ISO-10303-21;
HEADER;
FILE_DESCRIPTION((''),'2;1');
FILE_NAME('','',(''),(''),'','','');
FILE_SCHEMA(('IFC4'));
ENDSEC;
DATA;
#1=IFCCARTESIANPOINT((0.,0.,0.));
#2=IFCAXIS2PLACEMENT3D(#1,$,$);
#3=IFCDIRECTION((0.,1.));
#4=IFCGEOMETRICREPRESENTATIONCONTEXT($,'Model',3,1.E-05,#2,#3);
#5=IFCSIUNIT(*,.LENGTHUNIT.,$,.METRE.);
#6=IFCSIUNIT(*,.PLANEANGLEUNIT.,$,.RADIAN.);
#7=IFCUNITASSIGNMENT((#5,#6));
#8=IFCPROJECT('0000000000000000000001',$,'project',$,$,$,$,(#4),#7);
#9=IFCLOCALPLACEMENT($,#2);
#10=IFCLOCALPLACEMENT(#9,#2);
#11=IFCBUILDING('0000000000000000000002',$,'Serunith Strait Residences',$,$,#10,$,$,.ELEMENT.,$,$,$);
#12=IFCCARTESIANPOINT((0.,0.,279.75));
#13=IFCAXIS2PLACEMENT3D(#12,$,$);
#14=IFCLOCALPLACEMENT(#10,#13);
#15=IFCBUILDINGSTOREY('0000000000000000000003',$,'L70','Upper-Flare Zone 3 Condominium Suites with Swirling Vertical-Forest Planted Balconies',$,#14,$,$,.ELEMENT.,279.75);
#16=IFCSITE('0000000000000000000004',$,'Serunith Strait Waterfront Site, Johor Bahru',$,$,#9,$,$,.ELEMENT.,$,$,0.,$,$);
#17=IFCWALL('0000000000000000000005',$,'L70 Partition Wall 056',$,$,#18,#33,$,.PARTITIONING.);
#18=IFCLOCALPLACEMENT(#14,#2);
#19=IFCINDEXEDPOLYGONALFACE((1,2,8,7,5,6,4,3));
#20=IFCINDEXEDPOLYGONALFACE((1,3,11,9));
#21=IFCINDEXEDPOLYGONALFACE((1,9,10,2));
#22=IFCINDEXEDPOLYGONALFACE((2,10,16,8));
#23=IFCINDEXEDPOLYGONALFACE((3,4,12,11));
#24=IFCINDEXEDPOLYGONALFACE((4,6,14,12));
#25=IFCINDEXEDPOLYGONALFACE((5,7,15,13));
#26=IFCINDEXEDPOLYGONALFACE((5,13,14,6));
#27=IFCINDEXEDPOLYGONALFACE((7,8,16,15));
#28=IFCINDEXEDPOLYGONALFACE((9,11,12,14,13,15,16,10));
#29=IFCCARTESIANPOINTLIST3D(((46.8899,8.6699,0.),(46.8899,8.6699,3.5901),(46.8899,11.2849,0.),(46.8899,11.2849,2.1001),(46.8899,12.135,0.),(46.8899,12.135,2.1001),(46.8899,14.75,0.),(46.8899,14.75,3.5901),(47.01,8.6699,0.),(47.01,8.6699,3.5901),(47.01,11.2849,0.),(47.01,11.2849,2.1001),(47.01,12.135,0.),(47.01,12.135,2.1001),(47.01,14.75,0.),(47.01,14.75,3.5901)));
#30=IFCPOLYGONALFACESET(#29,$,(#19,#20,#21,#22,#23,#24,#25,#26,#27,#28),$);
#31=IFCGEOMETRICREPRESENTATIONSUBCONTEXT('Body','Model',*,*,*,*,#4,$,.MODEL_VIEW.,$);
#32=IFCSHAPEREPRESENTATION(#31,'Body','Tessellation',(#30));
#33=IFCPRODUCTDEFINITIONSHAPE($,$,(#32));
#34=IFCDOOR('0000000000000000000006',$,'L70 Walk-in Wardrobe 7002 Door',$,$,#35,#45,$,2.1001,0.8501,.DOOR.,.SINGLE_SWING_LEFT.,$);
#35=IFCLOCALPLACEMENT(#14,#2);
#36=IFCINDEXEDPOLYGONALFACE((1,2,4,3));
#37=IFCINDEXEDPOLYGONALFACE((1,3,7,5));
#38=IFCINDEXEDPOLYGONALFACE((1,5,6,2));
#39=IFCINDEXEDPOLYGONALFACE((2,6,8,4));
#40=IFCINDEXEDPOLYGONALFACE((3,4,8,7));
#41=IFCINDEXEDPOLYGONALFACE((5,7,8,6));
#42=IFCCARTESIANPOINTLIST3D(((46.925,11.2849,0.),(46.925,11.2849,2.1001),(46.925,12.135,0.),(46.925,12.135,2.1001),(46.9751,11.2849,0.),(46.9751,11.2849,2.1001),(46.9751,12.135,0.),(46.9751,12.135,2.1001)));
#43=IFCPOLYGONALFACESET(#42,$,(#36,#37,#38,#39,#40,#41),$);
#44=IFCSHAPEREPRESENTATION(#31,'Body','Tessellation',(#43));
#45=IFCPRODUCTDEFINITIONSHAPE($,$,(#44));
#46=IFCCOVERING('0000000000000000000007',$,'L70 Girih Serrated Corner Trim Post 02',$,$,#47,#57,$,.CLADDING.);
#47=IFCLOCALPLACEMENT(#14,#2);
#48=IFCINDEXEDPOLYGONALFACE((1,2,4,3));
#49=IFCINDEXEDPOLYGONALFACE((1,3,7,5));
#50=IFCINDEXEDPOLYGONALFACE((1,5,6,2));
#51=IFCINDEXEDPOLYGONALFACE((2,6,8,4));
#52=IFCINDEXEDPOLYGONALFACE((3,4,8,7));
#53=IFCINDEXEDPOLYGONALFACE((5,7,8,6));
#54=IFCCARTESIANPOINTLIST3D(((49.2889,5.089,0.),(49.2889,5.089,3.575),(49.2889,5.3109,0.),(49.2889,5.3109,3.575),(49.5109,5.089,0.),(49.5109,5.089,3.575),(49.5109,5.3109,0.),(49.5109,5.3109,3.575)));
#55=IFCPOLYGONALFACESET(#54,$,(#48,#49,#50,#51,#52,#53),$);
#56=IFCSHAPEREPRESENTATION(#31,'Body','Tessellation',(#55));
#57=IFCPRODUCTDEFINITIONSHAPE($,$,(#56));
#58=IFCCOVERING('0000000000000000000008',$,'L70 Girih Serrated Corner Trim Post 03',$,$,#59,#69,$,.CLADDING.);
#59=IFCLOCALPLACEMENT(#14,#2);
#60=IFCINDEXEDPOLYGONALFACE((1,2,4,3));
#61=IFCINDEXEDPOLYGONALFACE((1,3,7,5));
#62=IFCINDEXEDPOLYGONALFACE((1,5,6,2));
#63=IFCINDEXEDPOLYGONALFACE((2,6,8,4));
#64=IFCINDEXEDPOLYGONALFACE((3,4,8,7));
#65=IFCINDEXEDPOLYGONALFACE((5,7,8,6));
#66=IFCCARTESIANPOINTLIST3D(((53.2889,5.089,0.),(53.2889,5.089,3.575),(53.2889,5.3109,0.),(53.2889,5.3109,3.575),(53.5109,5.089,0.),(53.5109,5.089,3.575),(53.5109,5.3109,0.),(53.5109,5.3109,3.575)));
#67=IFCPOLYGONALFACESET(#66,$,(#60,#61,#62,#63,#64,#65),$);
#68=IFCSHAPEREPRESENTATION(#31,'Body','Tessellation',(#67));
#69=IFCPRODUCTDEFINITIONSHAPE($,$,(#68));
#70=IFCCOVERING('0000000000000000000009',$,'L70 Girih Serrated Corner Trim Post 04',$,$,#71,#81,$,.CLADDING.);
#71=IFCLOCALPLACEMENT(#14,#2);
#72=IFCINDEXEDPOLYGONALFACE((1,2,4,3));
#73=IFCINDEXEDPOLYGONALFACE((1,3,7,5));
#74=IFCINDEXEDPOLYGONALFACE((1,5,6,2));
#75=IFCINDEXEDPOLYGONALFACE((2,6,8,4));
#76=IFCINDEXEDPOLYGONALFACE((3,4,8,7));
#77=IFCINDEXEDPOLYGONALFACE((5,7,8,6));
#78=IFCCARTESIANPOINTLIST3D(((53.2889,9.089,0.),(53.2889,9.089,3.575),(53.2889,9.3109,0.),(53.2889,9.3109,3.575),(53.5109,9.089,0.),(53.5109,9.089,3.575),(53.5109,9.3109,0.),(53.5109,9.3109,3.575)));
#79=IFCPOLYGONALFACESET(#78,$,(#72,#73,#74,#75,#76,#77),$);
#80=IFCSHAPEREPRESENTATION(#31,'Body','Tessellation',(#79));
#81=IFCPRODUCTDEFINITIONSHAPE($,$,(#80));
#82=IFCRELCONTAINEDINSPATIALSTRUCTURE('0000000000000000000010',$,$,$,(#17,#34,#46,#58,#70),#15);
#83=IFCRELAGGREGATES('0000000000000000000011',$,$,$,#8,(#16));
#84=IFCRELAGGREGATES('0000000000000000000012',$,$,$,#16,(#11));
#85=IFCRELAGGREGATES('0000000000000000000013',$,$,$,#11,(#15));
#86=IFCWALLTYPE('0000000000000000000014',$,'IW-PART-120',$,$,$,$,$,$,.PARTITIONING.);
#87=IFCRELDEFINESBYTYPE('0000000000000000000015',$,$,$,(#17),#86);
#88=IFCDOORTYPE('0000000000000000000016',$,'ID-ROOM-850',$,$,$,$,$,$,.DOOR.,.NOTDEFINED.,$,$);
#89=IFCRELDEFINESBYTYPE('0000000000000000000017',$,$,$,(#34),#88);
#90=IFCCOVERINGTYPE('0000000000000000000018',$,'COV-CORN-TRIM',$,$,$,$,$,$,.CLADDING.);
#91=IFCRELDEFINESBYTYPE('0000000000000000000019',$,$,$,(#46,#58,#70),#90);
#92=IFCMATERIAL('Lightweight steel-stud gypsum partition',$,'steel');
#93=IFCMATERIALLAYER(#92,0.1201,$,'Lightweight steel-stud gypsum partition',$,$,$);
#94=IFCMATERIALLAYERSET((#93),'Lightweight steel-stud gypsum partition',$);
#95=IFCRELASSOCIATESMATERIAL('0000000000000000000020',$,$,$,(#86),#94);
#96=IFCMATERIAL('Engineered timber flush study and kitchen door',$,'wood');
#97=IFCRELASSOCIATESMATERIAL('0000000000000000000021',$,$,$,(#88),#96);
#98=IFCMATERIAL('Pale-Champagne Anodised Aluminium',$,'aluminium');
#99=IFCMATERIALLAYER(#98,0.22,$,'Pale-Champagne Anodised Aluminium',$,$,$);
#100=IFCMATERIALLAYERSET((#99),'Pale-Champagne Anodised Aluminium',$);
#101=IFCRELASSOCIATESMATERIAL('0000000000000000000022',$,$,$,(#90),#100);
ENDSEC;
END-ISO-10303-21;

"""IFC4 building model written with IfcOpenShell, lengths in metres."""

from ifc_helpers import new_model, si_unit, direction, frame, frame_2d, origin, origin_2d, place, context, subcontext, project, spatial, rectangle, extrude, source, transform, mapped, material, layer, layer_set, type_object, element, fill, save


model = new_model("IFC4")

# Units and contexts
model_context = context("Model", 3, precision=1e-05, world=origin(), true_north=direction((0.0, 1.0)))
body_context = subcontext(model_context, "Body", "Model", "MODEL_VIEW")
ifc_project = project(units=[si_unit("LENGTHUNIT", "METRE"), si_unit("PLANEANGLEUNIT", "RADIAN")], contexts=[model_context])

# Site, building, storey
site_placement = place(None, origin())
site = spatial("IfcSite", under=ifc_project, at=site_placement, Name="Serunith Strait Waterfront Site, Johor Bahru", CompositionType="ELEMENT", RefElevation=0.0)
building_placement = place(site_placement, origin())
building = spatial("IfcBuilding", under=site, at=building_placement, Name="Serunith Strait Residences", CompositionType="ELEMENT")
storey_placement = place(building_placement, frame((0.0, 0.0, 279.75)))
storey = spatial("IfcBuildingStorey", under=building, at=storey_placement, Name="L70", Description="Upper-Flare Zone 3 Condominium Suites with Swirling Vertical-Forest Planted Balconies", CompositionType="ELEMENT", Elevation=279.75)

# Shared definitions
ifc_material_1 = material(Name="Pale-Champagne Anodised Aluminium", Category="aluminium")

# Shared definitions
ifc_material_2 = material(Name="Lightweight steel-stud gypsum partition", Category="steel")
ifc_layer_1 = layer(ifc_material_2, 0.1201, Name="Lightweight steel-stud gypsum partition")
ifc_layer_set_1 = layer_set([ifc_layer_1], Name="Lightweight steel-stud gypsum partition")
wall_type_1 = type_object("IfcWallType", Name="IW-PART-120", PredefinedType="PARTITIONING", material=ifc_layer_set_1)

# Wall, opening, door
wall_1_placement = place(storey_placement, frame((46.95, 8.6699, 0.0), z_axis=(0.0, 0.0, 1.0), x_axis=(0.0, 1.0, 0.0)))
wall_1 = element("IfcWall", 1, at=wall_1_placement, inside=storey, type_object=wall_type_1, Name="L70 Partition Wall 056", PredefinedType="PARTITIONING", context=body_context, shape_type="SweptSolid", body=[
    extrude(rectangle(XDim=6.0801, YDim=0.1201, at=frame_2d((3.04, 0.0))), origin(), (0.0, 0.0, 1.0), 3.5901),
])
opening_1_placement = place(wall_1_placement, frame((2.615, 0.0, 0.0)))
opening_1 = element("IfcOpeningElement", 2, at=opening_1_placement, cuts=wall_1, PredefinedType="OPENING", context=body_context, shape_type="SweptSolid", body=[
    extrude(rectangle(XDim=0.8501, YDim=2.1001, at=frame_2d((0.425, 1.05))), frame((0.0, 0.0701, 0.0), z_axis=(0.0, -1.0, 0.0), x_axis=(1.0, 0.0, 0.0)), (0.0, 0.0, 1.0), 0.1401),
])
ifc_material_3 = material(Name="Engineered timber flush study and kitchen door", Category="wood")
door_type_1 = type_object("IfcDoorType", Name="ID-ROOM-850", OperationType="NOTDEFINED", PredefinedType="DOOR", material=ifc_material_3)
shared_shape_1 = source(origin(), body_context, "Body", "SweptSolid", [
    extrude(rectangle(XDim=0.8501, YDim=2.1001, at=frame_2d((0.425, 1.05))), frame((0.0, 0.0249, 0.0), z_axis=(0.0, -1.0, 0.0), x_axis=(1.0, 0.0, 0.0)), (0.0, 0.0, 1.0), 0.05),
])
door_1_placement = place(opening_1_placement, origin())
door_1 = element("IfcDoor", 3, at=door_1_placement, inside=storey, type_object=door_type_1, Name="L70 Walk-in Wardrobe 7002 Door", OperationType="SINGLE_SWING_LEFT", OverallHeight=2.1001, OverallWidth=0.8501, PredefinedType="DOOR", context=body_context, shape_type="MappedRepresentation", body=[
    mapped(shared_shape_1, transform((0.0, 0.0, 0.0), scale=1.0)),
])
fill(opening_1, door_1)

# Coverings
ifc_layer_2 = layer(ifc_material_1, 0.22, Name="Pale-Champagne Anodised Aluminium")
ifc_layer_set_2 = layer_set([ifc_layer_2], Name="Pale-Champagne Anodised Aluminium")
covering_type = type_object("IfcCoveringType", Name="COV-CORN-TRIM", PredefinedType="CLADDING", material=ifc_layer_set_2)
shared_shape_2 = source(origin(), body_context, "Body", "SweptSolid", [
    extrude(rectangle(XDim=0.2219, YDim=0.2219, at=origin_2d()), origin(), (0.0, 0.0, 1.0), 3.575),
])
for number, where, z_axis, x_axis, name in (
    (4, (49.3999, 5.2, 0.0), (0.0, 0.0, 1.0), (1.0, 0.0, 0.0), "L70 Girih Serrated Corner Trim Post 02"),
    (5, (53.3999, 5.2, 0.0), (0.0, 0.0, 1.0), (1.0, 0.0, 0.0), "L70 Girih Serrated Corner Trim Post 03"),
    (6, (53.3999, 9.2, 0.0), (0.0, 0.0, 1.0), (1.0, 0.0, 0.0), "L70 Girih Serrated Corner Trim Post 04"),
):
    element("IfcCovering", number, at=place(storey_placement, frame(where, z_axis=z_axis, x_axis=x_axis)), inside=storey, type_object=covering_type, Name=name, PredefinedType="CLADDING", context=body_context, shape_type="MappedRepresentation", body=[
        mapped(shared_shape_2, transform((0.0, 0.0, 0.0), scale=1.0)),
    ])

save(model, "model.ifc")
